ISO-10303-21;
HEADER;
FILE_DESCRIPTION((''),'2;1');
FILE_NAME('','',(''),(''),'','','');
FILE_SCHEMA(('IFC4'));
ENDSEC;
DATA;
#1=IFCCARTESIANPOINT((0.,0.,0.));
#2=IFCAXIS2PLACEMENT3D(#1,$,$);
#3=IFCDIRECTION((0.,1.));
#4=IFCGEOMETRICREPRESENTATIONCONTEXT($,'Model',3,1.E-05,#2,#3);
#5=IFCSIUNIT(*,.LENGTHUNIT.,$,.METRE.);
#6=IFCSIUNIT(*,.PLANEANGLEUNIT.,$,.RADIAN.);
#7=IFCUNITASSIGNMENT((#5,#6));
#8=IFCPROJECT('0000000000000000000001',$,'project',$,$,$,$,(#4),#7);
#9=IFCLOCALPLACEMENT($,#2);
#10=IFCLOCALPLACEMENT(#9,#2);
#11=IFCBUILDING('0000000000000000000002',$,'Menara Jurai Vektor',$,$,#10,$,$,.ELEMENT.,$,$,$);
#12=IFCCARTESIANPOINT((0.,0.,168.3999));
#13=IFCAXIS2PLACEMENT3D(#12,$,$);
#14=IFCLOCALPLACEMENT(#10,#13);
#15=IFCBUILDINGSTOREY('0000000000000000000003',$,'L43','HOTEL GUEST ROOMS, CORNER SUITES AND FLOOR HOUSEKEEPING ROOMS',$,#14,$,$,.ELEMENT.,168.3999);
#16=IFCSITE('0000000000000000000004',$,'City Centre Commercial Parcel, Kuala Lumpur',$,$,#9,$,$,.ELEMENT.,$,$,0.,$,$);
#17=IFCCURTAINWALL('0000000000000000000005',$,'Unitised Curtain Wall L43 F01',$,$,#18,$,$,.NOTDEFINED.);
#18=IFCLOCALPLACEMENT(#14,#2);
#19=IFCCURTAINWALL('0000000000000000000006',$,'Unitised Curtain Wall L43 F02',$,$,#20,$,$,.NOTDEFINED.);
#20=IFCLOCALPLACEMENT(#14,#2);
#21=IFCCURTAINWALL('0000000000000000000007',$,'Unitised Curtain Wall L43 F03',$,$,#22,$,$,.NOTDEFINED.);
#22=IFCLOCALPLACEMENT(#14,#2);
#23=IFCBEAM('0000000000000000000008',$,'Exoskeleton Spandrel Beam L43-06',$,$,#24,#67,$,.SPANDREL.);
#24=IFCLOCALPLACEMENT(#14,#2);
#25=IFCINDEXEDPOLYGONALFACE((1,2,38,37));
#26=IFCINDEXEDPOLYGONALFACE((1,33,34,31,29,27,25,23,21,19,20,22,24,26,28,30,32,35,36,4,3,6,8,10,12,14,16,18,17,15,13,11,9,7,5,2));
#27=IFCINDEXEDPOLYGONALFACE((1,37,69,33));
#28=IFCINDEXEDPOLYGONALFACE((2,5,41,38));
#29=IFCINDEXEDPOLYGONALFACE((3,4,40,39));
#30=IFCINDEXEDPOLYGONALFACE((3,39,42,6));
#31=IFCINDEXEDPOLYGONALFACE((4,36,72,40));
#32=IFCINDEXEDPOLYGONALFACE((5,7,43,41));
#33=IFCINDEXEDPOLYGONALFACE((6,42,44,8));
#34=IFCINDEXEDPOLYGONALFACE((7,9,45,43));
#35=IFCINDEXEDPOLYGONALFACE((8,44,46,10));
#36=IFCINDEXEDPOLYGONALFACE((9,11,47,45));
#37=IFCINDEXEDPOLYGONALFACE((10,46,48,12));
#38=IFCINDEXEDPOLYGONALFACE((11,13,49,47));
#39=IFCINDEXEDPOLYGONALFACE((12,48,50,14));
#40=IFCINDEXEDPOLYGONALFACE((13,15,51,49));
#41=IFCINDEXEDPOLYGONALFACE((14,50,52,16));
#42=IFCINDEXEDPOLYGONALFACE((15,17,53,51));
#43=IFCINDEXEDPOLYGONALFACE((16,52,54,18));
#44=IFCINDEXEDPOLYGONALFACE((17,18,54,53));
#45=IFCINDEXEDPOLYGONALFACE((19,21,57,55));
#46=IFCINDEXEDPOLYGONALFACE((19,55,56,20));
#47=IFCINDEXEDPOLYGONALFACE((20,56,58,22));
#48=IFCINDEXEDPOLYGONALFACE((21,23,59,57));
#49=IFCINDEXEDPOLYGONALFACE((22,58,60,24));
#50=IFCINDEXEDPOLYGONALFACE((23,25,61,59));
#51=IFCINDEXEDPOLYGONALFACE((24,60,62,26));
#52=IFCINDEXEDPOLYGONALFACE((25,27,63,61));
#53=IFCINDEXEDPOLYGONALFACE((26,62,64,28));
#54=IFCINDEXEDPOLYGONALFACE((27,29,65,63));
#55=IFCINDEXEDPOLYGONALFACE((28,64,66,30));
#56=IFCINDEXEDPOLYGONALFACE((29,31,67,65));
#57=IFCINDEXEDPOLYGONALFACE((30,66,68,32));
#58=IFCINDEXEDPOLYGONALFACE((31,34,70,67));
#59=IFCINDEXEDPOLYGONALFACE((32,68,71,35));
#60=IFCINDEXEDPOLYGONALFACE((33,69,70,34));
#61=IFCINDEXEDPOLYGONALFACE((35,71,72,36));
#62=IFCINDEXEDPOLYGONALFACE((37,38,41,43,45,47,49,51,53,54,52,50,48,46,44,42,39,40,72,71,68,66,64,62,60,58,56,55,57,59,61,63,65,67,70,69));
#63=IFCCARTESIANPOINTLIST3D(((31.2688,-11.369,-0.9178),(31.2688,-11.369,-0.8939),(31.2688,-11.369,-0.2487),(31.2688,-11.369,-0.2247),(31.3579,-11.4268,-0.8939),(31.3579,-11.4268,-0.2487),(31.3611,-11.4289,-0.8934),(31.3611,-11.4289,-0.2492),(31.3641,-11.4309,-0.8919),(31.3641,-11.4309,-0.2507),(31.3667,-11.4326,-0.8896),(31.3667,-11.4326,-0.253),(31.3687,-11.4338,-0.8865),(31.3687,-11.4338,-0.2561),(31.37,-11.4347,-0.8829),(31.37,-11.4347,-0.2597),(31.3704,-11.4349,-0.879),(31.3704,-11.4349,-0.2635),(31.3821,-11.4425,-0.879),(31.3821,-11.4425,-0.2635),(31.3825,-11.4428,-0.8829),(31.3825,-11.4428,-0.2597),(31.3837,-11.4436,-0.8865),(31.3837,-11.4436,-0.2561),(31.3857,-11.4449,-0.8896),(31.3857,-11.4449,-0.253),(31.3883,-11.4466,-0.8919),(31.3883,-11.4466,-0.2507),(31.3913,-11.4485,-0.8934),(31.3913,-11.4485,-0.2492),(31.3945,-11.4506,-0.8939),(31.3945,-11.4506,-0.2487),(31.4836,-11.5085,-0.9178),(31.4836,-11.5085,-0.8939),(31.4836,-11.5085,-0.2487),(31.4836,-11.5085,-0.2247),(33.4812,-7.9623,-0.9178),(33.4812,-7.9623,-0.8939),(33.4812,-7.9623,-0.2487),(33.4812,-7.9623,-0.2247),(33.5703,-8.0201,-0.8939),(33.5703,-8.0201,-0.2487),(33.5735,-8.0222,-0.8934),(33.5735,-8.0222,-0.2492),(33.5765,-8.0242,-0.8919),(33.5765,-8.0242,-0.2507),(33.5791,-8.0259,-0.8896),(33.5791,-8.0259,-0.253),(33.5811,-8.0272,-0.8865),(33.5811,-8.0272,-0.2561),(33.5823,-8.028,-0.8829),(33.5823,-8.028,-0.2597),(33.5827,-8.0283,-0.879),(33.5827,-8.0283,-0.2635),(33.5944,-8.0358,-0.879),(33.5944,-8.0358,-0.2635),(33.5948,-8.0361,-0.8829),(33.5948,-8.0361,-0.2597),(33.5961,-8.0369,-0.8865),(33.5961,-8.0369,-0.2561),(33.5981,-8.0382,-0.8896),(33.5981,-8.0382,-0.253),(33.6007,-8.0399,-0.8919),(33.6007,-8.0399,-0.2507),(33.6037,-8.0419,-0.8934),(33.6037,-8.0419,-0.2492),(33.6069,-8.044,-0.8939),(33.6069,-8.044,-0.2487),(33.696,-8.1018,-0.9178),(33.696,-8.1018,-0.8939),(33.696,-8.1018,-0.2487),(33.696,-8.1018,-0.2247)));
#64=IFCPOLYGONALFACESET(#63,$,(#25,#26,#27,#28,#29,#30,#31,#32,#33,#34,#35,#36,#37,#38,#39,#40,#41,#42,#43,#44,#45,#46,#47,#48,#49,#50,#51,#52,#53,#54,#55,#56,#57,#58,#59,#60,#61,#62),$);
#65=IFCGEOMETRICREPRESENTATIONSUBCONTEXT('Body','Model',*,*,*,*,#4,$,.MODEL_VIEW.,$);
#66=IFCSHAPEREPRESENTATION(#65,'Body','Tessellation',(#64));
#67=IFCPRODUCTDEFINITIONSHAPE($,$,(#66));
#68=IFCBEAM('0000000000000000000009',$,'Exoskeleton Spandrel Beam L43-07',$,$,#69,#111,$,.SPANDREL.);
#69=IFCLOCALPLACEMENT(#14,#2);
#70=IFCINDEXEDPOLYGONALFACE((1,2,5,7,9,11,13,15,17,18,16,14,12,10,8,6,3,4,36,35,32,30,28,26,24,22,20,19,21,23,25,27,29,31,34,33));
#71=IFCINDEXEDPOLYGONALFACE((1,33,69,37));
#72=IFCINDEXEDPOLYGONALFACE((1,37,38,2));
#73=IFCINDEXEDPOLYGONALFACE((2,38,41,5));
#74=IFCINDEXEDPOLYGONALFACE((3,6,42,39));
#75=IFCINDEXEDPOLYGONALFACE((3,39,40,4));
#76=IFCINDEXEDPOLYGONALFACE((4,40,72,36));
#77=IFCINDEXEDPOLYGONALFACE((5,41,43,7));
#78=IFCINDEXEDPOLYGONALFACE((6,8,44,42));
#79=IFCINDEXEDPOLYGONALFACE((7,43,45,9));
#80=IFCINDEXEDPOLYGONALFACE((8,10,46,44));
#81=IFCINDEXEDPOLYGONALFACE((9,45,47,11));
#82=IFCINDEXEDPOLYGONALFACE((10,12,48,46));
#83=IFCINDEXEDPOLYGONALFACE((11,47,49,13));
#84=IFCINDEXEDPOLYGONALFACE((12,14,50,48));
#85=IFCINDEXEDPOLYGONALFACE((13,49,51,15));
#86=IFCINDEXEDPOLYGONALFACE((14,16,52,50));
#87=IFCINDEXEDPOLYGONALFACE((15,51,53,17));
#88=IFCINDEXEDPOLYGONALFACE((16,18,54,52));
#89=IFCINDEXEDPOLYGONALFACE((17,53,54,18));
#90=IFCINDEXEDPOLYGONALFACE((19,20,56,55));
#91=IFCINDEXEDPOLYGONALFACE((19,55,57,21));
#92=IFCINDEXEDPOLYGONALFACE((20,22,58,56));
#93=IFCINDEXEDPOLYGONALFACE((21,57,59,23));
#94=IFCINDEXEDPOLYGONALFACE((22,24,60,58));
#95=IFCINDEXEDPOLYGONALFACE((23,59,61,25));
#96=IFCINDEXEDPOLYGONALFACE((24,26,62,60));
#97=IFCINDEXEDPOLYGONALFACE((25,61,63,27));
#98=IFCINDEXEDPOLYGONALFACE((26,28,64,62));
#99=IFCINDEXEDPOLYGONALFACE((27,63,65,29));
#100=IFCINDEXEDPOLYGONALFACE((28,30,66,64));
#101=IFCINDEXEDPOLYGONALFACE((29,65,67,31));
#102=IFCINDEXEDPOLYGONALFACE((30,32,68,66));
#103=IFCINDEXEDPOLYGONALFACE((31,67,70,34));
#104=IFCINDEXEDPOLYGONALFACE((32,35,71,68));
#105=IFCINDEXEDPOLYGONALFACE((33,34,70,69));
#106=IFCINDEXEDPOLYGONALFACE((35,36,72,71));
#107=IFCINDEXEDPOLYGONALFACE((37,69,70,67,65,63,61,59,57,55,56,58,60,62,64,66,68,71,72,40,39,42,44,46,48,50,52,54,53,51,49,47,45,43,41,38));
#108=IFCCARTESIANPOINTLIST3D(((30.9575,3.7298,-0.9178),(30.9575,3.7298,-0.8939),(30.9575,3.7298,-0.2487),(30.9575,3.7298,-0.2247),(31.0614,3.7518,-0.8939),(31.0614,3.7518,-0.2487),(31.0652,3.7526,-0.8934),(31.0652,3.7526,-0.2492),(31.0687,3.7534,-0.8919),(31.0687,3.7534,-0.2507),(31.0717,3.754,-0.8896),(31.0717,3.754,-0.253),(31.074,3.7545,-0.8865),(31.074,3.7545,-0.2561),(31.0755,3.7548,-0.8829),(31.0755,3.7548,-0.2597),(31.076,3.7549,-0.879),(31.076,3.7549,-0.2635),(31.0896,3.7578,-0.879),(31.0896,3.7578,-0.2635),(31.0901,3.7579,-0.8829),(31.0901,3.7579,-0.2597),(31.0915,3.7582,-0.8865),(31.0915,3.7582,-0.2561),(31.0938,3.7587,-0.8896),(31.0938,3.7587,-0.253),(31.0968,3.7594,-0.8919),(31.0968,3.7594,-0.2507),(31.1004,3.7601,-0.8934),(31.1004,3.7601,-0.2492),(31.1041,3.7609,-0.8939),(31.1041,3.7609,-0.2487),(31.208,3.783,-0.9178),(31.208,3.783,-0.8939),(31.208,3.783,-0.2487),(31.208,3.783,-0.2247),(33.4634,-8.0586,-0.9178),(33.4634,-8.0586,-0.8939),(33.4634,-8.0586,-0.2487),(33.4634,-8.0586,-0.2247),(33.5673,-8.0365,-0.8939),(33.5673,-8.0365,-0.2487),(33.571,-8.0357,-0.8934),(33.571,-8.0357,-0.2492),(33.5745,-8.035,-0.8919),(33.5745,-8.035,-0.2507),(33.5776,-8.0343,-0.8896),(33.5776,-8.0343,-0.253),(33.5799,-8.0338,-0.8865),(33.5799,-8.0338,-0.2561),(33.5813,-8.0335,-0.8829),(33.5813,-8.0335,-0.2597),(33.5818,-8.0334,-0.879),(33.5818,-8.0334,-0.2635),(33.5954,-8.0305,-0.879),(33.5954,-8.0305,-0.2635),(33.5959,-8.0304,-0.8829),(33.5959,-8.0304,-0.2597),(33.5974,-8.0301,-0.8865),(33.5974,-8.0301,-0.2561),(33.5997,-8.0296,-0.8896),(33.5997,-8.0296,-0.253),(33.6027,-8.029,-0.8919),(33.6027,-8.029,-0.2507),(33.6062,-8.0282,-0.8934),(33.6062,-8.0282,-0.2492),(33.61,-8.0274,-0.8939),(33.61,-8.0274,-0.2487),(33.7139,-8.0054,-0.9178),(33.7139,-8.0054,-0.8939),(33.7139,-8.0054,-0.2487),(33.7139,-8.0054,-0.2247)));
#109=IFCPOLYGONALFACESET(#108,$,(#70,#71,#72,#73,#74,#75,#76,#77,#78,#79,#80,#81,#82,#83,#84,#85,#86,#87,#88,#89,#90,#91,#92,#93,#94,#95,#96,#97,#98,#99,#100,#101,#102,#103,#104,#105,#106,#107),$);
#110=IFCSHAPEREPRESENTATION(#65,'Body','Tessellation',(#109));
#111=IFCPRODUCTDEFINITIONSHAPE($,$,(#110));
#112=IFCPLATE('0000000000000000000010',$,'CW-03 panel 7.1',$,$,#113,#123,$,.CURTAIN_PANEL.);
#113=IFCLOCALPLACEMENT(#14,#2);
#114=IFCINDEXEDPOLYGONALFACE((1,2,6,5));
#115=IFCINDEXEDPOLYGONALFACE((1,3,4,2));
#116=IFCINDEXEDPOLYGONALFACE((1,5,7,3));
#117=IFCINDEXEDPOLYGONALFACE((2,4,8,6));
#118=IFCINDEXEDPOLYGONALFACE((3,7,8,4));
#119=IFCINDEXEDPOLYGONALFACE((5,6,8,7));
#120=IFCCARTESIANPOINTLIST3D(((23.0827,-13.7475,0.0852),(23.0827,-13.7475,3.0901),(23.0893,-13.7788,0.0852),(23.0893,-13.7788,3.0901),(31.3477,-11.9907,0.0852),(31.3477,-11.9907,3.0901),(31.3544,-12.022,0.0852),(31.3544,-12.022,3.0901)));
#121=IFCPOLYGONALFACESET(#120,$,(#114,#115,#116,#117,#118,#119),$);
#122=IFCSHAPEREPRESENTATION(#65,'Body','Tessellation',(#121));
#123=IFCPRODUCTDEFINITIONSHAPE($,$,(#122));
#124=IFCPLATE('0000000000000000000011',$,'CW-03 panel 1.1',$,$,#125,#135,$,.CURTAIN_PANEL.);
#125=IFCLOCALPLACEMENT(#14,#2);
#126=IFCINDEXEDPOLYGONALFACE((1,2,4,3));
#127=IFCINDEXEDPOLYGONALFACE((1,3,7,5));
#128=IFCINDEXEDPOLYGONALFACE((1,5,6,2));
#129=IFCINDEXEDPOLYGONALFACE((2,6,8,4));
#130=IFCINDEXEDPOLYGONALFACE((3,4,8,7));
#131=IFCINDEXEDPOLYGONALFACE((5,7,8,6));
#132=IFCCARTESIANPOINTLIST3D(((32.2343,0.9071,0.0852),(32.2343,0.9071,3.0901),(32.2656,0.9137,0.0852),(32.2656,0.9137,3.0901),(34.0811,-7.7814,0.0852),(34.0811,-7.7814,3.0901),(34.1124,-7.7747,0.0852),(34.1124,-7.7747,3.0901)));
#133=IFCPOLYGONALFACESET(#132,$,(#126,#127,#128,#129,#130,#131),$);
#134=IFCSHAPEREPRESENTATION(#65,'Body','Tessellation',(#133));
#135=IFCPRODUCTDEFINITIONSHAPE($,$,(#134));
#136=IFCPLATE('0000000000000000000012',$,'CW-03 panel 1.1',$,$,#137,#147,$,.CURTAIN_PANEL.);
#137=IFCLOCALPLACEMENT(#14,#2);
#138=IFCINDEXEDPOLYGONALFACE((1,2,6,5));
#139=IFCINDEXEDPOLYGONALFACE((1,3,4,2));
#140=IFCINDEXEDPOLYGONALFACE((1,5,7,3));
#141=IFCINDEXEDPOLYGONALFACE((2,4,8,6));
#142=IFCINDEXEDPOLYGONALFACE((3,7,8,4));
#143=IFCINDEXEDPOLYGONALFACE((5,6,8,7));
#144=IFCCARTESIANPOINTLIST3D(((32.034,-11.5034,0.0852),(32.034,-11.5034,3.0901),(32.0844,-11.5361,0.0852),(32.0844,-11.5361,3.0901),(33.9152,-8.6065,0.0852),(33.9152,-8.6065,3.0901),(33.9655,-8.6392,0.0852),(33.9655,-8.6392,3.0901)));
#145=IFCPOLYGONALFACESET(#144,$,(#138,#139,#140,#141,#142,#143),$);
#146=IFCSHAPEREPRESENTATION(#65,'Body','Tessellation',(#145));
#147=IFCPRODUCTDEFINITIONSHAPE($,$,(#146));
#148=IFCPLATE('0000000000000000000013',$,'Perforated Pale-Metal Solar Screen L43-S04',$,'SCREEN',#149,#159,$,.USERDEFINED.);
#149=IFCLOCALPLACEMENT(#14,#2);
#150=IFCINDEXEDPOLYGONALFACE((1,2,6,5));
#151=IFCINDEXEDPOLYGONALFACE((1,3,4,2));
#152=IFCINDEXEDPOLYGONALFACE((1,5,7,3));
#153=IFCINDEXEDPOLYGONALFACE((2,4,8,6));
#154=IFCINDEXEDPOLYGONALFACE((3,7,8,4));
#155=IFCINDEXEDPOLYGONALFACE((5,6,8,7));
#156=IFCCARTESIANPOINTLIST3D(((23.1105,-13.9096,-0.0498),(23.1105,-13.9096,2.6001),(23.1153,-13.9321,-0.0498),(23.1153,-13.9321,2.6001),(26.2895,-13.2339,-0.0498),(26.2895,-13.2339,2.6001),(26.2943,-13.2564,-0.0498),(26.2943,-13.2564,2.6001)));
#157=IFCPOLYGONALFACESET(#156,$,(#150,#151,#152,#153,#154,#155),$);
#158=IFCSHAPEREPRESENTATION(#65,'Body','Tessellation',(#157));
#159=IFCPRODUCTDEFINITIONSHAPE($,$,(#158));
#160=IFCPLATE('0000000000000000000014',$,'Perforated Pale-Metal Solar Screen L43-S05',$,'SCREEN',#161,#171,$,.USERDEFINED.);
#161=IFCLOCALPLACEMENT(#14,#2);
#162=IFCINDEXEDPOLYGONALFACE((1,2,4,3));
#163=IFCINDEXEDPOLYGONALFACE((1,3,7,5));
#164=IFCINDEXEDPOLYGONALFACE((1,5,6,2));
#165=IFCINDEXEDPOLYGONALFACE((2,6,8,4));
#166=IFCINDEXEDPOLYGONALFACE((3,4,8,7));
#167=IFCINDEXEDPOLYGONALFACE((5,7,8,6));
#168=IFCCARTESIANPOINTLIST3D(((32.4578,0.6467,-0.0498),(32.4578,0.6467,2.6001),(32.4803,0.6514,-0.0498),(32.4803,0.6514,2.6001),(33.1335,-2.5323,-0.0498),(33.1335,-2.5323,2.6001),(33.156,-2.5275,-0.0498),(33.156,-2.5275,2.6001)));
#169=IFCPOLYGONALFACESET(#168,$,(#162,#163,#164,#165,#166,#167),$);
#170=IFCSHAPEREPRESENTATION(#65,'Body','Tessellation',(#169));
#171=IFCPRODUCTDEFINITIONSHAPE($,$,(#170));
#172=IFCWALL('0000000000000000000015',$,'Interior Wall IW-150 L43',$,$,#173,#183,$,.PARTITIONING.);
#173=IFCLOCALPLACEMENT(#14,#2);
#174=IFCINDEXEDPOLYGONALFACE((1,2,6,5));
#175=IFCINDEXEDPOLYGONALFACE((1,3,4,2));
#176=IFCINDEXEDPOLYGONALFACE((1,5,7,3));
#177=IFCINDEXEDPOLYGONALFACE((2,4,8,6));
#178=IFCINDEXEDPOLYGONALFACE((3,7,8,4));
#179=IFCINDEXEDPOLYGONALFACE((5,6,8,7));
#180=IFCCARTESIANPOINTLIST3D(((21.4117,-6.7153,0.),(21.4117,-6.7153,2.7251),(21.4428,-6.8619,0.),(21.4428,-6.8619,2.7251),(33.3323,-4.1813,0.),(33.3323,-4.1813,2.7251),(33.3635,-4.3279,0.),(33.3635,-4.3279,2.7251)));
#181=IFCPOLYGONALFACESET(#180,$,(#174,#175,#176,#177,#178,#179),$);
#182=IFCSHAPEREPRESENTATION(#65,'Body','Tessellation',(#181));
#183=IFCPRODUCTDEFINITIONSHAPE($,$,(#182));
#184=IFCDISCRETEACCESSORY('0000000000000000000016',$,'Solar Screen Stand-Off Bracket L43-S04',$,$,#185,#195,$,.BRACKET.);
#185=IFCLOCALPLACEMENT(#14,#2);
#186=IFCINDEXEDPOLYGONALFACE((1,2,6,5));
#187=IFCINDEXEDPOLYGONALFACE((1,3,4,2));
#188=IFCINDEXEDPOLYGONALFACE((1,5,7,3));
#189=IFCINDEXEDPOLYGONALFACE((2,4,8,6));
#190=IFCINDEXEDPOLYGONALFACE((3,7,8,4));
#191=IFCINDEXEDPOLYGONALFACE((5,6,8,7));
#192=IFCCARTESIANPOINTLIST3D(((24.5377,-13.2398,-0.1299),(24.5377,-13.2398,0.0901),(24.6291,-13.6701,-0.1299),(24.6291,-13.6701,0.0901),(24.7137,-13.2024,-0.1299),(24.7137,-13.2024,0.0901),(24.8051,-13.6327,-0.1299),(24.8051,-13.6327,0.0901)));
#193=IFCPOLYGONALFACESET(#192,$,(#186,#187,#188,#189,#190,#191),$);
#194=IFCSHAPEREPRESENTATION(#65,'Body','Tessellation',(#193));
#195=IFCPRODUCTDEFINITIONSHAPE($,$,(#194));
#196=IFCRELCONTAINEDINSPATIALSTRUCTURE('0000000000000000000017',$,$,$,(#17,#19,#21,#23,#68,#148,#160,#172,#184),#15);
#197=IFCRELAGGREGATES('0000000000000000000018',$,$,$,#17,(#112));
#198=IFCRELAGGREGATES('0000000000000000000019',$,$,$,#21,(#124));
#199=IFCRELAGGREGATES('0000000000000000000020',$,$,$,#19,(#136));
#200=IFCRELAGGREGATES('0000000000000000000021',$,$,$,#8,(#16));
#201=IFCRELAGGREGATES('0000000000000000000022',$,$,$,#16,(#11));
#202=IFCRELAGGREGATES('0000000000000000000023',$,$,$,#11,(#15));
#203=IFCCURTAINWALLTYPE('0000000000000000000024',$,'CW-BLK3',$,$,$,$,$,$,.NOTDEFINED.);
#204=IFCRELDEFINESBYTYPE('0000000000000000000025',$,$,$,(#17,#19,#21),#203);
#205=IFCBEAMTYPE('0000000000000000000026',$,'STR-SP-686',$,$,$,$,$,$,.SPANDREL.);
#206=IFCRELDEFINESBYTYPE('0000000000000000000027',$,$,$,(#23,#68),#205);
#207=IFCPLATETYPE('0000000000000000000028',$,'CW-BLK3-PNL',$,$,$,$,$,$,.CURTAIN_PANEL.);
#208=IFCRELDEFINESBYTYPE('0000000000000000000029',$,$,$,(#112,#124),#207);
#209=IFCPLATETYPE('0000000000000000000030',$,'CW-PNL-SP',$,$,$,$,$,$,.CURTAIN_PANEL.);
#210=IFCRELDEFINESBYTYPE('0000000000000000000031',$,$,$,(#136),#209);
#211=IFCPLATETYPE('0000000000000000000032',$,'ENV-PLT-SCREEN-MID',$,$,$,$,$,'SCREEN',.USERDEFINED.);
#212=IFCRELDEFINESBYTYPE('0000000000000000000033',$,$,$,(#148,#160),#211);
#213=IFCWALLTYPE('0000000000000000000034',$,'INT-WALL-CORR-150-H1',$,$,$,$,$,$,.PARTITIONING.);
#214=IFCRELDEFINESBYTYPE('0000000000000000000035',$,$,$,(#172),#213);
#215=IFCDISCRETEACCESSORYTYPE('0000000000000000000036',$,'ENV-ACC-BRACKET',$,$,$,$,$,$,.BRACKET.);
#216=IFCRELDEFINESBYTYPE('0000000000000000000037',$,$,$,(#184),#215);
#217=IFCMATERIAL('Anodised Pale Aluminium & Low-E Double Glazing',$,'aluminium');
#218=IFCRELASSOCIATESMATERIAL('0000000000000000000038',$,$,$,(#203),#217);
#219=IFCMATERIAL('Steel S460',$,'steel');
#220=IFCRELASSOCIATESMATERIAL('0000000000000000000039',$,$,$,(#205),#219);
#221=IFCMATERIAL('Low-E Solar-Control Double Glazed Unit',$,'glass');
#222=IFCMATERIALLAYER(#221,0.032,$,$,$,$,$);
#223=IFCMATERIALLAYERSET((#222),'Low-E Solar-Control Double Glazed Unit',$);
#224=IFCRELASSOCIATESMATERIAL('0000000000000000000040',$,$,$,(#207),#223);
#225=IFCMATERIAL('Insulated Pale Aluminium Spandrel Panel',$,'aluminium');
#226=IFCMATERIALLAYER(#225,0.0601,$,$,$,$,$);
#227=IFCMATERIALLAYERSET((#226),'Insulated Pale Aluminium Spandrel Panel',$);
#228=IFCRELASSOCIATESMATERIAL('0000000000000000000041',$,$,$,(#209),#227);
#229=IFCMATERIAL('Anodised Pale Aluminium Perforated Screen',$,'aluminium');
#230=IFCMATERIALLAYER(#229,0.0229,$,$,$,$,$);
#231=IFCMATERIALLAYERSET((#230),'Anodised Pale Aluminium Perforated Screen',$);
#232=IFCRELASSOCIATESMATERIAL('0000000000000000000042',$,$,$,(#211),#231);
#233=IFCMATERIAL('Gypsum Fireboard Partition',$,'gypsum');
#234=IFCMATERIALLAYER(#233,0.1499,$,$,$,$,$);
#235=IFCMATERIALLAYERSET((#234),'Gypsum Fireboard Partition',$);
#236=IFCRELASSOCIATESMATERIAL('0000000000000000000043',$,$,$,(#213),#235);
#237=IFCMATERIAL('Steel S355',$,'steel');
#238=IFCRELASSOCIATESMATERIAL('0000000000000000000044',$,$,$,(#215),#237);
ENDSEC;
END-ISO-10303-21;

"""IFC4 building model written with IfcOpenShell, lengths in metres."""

from ifc_helpers import new_model, si_unit, direction, frame, frame_2d, origin, origin_2d, place, context, subcontext, project, spatial, rectangle, i_section, extrude, material, layer, layer_set, material_profile, profile_set, type_object, element, aggregate, save


model = new_model("IFC4")

# Units and contexts
model_context = context("Model", 3, precision=1e-05, world=origin(), true_north=direction((0.0, 1.0)))
body_context = subcontext(model_context, "Body", "Model", "MODEL_VIEW")
ifc_project = project(units=[si_unit("LENGTHUNIT", "METRE"), si_unit("PLANEANGLEUNIT", "RADIAN")], contexts=[model_context])

# Site, building, storey
site_placement = place(None, origin())
site = spatial("IfcSite", under=ifc_project, at=site_placement, Name="City Centre Commercial Parcel, Kuala Lumpur", CompositionType="ELEMENT", RefElevation=0.0)
building_placement = place(site_placement, origin())
building = spatial("IfcBuilding", under=site, at=building_placement, Name="Menara Jurai Vektor", CompositionType="ELEMENT")
storey_placement = place(building_placement, frame((0.0, 0.0, 168.3999)))
storey = spatial("IfcBuildingStorey", under=building, at=storey_placement, Name="L43", Description="HOTEL GUEST ROOMS, CORNER SUITES AND FLOOR HOUSEKEEPING ROOMS", CompositionType="ELEMENT", Elevation=168.3999)

# Shared definitions
ifc_material_1 = material(Name="Steel S460", Category="steel")

# Curtain walls
ifc_material_2 = material(Name="Anodised Pale Aluminium & Low-E Double Glazing", Category="aluminium")
curtain_wall_type = type_object("IfcCurtainWallType", Name="CW-BLK3", PredefinedType="NOTDEFINED", material=ifc_material_2)
curtain_wall_1_placement = place(storey_placement, origin())
curtain_wall_1 = element("IfcCurtainWall", 1, at=curtain_wall_1_placement, inside=storey, type_object=curtain_wall_type, Name="Unitised Curtain Wall L43 F01", PredefinedType="NOTDEFINED")
curtain_wall_2_placement = place(storey_placement, origin())
curtain_wall_2 = element("IfcCurtainWall", 2, at=curtain_wall_2_placement, inside=storey, type_object=curtain_wall_type, Name="Unitised Curtain Wall L43 F02", PredefinedType="NOTDEFINED")

# Curtain wall
curtain_wall_3_placement = place(storey_placement, origin())
curtain_wall_3 = element("IfcCurtainWall", 3, at=curtain_wall_3_placement, inside=storey, type_object=curtain_wall_type, Name="Unitised Curtain Wall L43 F03", PredefinedType="NOTDEFINED")

# Shared definitions
ifc_material_3 = material(Name="Steel S355", Category="steel")

# Beams
ifc_material_profile_1 = material_profile(ifc_material_1, i_section(OverallWidth=0.2561, OverallDepth=0.6931, WebThickness=0.0139, FlangeThickness=0.0239, FilletRadius=0.0149, at=origin_2d()), Name="UKB 686x254x170")
ifc_profile_set_1 = profile_set([ifc_material_profile_1], Name="Steel S460")
beam_type_1 = type_object("IfcBeamType", Name="STR-SP-686", PredefinedType="SPANDREL", material=ifc_profile_set_1)
beam_1_placement = place(storey_placement, frame((31.3762, -11.4387, -0.5713), z_axis=(0.544646, 0.838666, 0.0), x_axis=(-0.838666, 0.544646, 0.0)))
element("IfcBeam", 4, at=beam_1_placement, inside=storey, type_object=beam_type_1, Name="Exoskeleton Spandrel Beam L43-06", PredefinedType="SPANDREL", context=body_context, shape_type="SweptSolid", body=[
    extrude(i_section(OverallWidth=0.2561, OverallDepth=0.6931, WebThickness=0.0139, FlangeThickness=0.0239, FilletRadius=0.0149, at=origin_2d()), origin(), (0.0, 0.0, 1.0), 4.062),
])
beam_2_placement = place(storey_placement, frame((33.5886, -8.032, -0.5713), z_axis=(-0.207925, 0.978145, 0.0), x_axis=(-0.978145, -0.207925, 0.0)))
element("IfcBeam", 5, at=beam_2_placement, inside=storey, type_object=beam_type_1, Name="Exoskeleton Spandrel Beam L43-07", PredefinedType="SPANDREL", context=body_context, shape_type="SweptSolid", body=[
    extrude(i_section(OverallWidth=0.2561, OverallDepth=0.6931, WebThickness=0.0139, FlangeThickness=0.0239, FilletRadius=0.0149, at=origin_2d()), origin(), (0.0, 0.0, 1.0), 12.0518),
])

# Plates
ifc_material_4 = material(Name="Low-E Solar-Control Double Glazed Unit", Category="glass")
ifc_layer_1 = layer(ifc_material_4, 0.032)
ifc_layer_set_1 = layer_set([ifc_layer_1], Name="Low-E Solar-Control Double Glazed Unit")
plate_type_1 = type_object("IfcPlateType", Name="CW-BLK3-PNL", PredefinedType="CURTAIN_PANEL", material=ifc_layer_set_1)
plate_1_placement = place(storey_placement, frame((27.2185, -12.8848, 0.0852), z_axis=(0.0, 0.0, 1.0), x_axis=(0.978148, 0.207911, 0.0)))
plate_1 = element("IfcPlate", 6, at=plate_1_placement, type_object=plate_type_1, Name="CW-03 panel 7.1", PredefinedType="CURTAIN_PANEL", context=body_context, shape_type="SweptSolid", body=[
    extrude(rectangle(XDim=8.4497, YDim=0.032, at=origin_2d()), origin(), (0.0, 0.0, 1.0), 3.0049),
])
aggregate(curtain_wall_1, [plate_1])
plate_2_placement = place(storey_placement, frame((33.1733, -3.4338, 0.0852), z_axis=(0.0, 0.0, 1.0), x_axis=(-0.20791, 0.978148, 0.0)))
plate_2 = element("IfcPlate", 7, at=plate_2_placement, type_object=plate_type_1, Name="CW-03 panel 1.1", PredefinedType="CURTAIN_PANEL", context=body_context, shape_type="SweptSolid", body=[
    extrude(rectangle(XDim=8.8826, YDim=0.032, at=origin_2d()), origin(), (0.0, 0.0, 1.0), 3.0049),
])
aggregate(curtain_wall_3, [plate_2])
ifc_material_5 = material(Name="Insulated Pale Aluminium Spandrel Panel", Category="aluminium")
ifc_layer_2 = layer(ifc_material_5, 0.0601)
ifc_layer_set_2 = layer_set([ifc_layer_2], Name="Insulated Pale Aluminium Spandrel Panel")
plate_type_2 = type_object("IfcPlateType", Name="CW-PNL-SP", PredefinedType="CURTAIN_PANEL", material=ifc_layer_set_2)
plate_3_placement = place(storey_placement, frame((32.9998, -10.0713, 0.0852), z_axis=(0.0, 0.0, 1.0), x_axis=(0.544618, 0.838684, 0.0)))
plate_3 = element("IfcPlate", 8, at=plate_3_placement, type_object=plate_type_2, Name="CW-03 panel 1.1", PredefinedType="CURTAIN_PANEL", context=body_context, shape_type="SweptSolid", body=[
    extrude(rectangle(XDim=3.4541, YDim=0.0601, at=origin_2d()), origin(), (0.0, 0.0, 1.0), 3.0049),
])
aggregate(curtain_wall_2, [plate_3])

# Plates
ifc_material_6 = material(Name="Anodised Pale Aluminium Perforated Screen", Category="aluminium")
ifc_layer_3 = layer(ifc_material_6, 0.0229)
ifc_layer_set_3 = layer_set([ifc_layer_3], Name="Anodised Pale Aluminium Perforated Screen")
plate_type_3 = type_object("IfcPlateType", Name="ENV-PLT-SCREEN-MID", ElementType="SCREEN", PredefinedType="USERDEFINED", material=ifc_layer_set_3)
for number, where, z_axis, x_axis, name in (
    (9, (24.7024, -13.583, -0.0498), (0.0, 0.0, 1.0), (0.978148, 0.207912, 0.0), "Perforated Pale-Metal Solar Screen L43-S04"),
    (10, (32.8069, -0.9404, -0.0498), (0.0, 0.0, 1.0), (-0.207912, 0.978148, 0.0), "Perforated Pale-Metal Solar Screen L43-S05"),
):
    element("IfcPlate", number, at=place(storey_placement, frame(where, z_axis=z_axis, x_axis=x_axis)), inside=storey, type_object=plate_type_3, Name=name, ObjectType="SCREEN", PredefinedType="USERDEFINED", context=body_context, shape_type="SweptSolid", body=[
        extrude(rectangle(XDim=3.25, YDim=0.0229, at=origin_2d()), origin(), (0.0, 0.0, 1.0), 2.6499),
    ])

# Shared definitions
ifc_material_7 = material(Name="Gypsum Fireboard Partition", Category="gypsum")

# Wall
ifc_layer_4 = layer(ifc_material_7, 0.1499)
ifc_layer_set_4 = layer_set([ifc_layer_4], Name="Gypsum Fireboard Partition")
wall_type_1 = type_object("IfcWallType", Name="INT-WALL-CORR-150-H1", PredefinedType="PARTITIONING", material=ifc_layer_set_4)
wall_1_placement = place(storey_placement, frame((21.4272, -6.7886, 0.0), z_axis=(0.0, 0.0, 1.0), x_axis=(0.978146, 0.207921, 0.0)))
element("IfcWall", 11, at=wall_1_placement, inside=storey, type_object=wall_type_1, Name="Interior Wall IW-150 L43", PredefinedType="PARTITIONING", context=body_context, shape_type="SweptSolid", body=[
    extrude(rectangle(XDim=12.187, YDim=0.1499, at=frame_2d((6.0935, 0.0))), origin(), (0.0, 0.0, 1.0), 2.7251),
])

# Discrete accessory
discrete_accessory_type = type_object("IfcDiscreteAccessoryType", Name="ENV-ACC-BRACKET", PredefinedType="BRACKET", material=ifc_material_3)
for number, where, z_axis, x_axis, name in (
    (12, (24.6714, -13.4363, -0.1299), (0.0, 0.0, 1.0), (0.978148, 0.207912, 0.0), "Solar Screen Stand-Off Bracket L43-S04"),
):
    element("IfcDiscreteAccessory", number, at=place(storey_placement, frame(where, z_axis=z_axis, x_axis=x_axis)), inside=storey, type_object=discrete_accessory_type, Name=name, PredefinedType="BRACKET", context=body_context, shape_type="SweptSolid", body=[
        extrude(rectangle(XDim=0.1799, YDim=0.4399, at=origin_2d()), origin(), (0.0, 0.0, 1.0), 0.22),
    ])

save(model, "model.ifc")
